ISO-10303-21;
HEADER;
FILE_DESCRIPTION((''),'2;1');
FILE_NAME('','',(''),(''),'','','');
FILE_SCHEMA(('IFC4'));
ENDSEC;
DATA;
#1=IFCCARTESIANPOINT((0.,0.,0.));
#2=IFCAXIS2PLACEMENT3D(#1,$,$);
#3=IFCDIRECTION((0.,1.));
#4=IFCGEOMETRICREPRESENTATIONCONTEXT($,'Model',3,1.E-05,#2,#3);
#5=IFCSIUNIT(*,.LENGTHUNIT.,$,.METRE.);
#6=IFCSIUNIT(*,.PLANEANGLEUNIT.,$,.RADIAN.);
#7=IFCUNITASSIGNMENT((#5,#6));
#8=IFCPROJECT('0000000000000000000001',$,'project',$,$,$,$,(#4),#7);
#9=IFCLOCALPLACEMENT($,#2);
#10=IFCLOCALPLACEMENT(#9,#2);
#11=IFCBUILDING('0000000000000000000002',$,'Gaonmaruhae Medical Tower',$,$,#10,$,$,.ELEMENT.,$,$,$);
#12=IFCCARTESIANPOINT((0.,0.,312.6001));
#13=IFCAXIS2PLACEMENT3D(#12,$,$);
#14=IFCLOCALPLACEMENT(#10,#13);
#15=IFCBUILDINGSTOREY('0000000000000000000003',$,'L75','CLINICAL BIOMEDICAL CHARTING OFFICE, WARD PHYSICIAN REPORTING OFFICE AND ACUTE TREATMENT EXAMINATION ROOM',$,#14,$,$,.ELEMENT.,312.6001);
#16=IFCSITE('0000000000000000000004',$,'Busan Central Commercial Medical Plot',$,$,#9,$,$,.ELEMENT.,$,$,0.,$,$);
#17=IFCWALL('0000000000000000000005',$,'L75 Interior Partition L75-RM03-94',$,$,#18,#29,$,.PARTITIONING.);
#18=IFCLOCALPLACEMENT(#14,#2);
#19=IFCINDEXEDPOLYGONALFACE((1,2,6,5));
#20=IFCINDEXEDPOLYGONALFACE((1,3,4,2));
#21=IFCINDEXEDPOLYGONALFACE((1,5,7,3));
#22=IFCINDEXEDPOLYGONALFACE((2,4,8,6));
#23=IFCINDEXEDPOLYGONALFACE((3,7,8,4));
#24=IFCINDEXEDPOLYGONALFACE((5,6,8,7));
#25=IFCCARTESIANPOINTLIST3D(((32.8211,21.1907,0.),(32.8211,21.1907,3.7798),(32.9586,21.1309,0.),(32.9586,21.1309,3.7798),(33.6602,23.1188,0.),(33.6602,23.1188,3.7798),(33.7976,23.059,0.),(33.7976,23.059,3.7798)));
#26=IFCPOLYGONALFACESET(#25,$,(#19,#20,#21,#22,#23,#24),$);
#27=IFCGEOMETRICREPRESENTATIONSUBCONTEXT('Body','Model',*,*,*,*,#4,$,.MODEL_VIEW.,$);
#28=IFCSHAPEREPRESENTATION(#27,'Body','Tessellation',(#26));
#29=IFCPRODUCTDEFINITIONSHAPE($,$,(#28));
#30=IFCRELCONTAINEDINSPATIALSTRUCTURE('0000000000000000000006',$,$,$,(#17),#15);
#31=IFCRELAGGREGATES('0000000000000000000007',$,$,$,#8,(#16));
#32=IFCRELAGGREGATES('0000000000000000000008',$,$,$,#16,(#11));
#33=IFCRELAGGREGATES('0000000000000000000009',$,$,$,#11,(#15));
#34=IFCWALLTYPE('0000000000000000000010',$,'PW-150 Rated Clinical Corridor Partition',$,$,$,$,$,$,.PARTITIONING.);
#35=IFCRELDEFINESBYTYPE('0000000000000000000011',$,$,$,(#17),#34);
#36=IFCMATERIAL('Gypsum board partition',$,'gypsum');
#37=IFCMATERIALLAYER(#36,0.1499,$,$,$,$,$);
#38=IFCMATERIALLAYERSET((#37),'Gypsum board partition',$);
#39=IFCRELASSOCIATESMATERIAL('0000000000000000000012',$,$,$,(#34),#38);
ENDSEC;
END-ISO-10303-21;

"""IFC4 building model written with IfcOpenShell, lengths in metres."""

from ifc_helpers import new_model, si_unit, direction, frame, frame_2d, origin, place, context, subcontext, project, spatial, rectangle, extrude, material, layer, layer_set, type_object, element, save


model = new_model("IFC4")

# Units and contexts
model_context = context("Model", 3, precision=1e-05, world=origin(), true_north=direction((0.0, 1.0)))
body_context = subcontext(model_context, "Body", "Model", "MODEL_VIEW")
ifc_project = project(units=[si_unit("LENGTHUNIT", "METRE"), si_unit("PLANEANGLEUNIT", "RADIAN")], contexts=[model_context])

# Site, building, storey
site_placement = place(None, origin())
site = spatial("IfcSite", under=ifc_project, at=site_placement, Name="Busan Central Commercial Medical Plot", CompositionType="ELEMENT", RefElevation=0.0)
building_placement = place(site_placement, origin())
building = spatial("IfcBuilding", under=site, at=building_placement, Name="Gaonmaruhae Medical Tower", CompositionType="ELEMENT")
storey_placement = place(building_placement, frame((0.0, 0.0, 312.6001)))
storey = spatial("IfcBuildingStorey", under=building, at=storey_placement, Name="L75", Description="CLINICAL BIOMEDICAL CHARTING OFFICE, WARD PHYSICIAN REPORTING OFFICE AND ACUTE TREATMENT EXAMINATION ROOM", CompositionType="ELEMENT", Elevation=312.6001)

# Shared definitions
ifc_material_1 = material(Name="Gypsum board partition", Category="gypsum")
ifc_layer_1 = layer(ifc_material_1, 0.1499)
ifc_layer_set_1 = layer_set([ifc_layer_1], Name="Gypsum board partition")
wall_type = type_object("IfcWallType", Name="PW-150 Rated Clinical Corridor Partition", PredefinedType="PARTITIONING", material=ifc_layer_set_1)

# Wall
wall_1_placement = place(storey_placement, frame((32.8899, 21.1609, 0.0), z_axis=(0.0, 0.0, 1.0), x_axis=(0.399028, 0.916939, 0.0)))
element("IfcWall", 1, at=wall_1_placement, inside=storey, type_object=wall_type, Name="L75 Interior Partition L75-RM03-94", PredefinedType="PARTITIONING", context=body_context, shape_type="SweptSolid", body=[
    extrude(rectangle(XDim=2.1028, YDim=0.1499, at=frame_2d((1.0513, 0.0))), origin(), (0.0, 0.0, 1.0), 3.7798),
])

save(model, "model.ifc")
